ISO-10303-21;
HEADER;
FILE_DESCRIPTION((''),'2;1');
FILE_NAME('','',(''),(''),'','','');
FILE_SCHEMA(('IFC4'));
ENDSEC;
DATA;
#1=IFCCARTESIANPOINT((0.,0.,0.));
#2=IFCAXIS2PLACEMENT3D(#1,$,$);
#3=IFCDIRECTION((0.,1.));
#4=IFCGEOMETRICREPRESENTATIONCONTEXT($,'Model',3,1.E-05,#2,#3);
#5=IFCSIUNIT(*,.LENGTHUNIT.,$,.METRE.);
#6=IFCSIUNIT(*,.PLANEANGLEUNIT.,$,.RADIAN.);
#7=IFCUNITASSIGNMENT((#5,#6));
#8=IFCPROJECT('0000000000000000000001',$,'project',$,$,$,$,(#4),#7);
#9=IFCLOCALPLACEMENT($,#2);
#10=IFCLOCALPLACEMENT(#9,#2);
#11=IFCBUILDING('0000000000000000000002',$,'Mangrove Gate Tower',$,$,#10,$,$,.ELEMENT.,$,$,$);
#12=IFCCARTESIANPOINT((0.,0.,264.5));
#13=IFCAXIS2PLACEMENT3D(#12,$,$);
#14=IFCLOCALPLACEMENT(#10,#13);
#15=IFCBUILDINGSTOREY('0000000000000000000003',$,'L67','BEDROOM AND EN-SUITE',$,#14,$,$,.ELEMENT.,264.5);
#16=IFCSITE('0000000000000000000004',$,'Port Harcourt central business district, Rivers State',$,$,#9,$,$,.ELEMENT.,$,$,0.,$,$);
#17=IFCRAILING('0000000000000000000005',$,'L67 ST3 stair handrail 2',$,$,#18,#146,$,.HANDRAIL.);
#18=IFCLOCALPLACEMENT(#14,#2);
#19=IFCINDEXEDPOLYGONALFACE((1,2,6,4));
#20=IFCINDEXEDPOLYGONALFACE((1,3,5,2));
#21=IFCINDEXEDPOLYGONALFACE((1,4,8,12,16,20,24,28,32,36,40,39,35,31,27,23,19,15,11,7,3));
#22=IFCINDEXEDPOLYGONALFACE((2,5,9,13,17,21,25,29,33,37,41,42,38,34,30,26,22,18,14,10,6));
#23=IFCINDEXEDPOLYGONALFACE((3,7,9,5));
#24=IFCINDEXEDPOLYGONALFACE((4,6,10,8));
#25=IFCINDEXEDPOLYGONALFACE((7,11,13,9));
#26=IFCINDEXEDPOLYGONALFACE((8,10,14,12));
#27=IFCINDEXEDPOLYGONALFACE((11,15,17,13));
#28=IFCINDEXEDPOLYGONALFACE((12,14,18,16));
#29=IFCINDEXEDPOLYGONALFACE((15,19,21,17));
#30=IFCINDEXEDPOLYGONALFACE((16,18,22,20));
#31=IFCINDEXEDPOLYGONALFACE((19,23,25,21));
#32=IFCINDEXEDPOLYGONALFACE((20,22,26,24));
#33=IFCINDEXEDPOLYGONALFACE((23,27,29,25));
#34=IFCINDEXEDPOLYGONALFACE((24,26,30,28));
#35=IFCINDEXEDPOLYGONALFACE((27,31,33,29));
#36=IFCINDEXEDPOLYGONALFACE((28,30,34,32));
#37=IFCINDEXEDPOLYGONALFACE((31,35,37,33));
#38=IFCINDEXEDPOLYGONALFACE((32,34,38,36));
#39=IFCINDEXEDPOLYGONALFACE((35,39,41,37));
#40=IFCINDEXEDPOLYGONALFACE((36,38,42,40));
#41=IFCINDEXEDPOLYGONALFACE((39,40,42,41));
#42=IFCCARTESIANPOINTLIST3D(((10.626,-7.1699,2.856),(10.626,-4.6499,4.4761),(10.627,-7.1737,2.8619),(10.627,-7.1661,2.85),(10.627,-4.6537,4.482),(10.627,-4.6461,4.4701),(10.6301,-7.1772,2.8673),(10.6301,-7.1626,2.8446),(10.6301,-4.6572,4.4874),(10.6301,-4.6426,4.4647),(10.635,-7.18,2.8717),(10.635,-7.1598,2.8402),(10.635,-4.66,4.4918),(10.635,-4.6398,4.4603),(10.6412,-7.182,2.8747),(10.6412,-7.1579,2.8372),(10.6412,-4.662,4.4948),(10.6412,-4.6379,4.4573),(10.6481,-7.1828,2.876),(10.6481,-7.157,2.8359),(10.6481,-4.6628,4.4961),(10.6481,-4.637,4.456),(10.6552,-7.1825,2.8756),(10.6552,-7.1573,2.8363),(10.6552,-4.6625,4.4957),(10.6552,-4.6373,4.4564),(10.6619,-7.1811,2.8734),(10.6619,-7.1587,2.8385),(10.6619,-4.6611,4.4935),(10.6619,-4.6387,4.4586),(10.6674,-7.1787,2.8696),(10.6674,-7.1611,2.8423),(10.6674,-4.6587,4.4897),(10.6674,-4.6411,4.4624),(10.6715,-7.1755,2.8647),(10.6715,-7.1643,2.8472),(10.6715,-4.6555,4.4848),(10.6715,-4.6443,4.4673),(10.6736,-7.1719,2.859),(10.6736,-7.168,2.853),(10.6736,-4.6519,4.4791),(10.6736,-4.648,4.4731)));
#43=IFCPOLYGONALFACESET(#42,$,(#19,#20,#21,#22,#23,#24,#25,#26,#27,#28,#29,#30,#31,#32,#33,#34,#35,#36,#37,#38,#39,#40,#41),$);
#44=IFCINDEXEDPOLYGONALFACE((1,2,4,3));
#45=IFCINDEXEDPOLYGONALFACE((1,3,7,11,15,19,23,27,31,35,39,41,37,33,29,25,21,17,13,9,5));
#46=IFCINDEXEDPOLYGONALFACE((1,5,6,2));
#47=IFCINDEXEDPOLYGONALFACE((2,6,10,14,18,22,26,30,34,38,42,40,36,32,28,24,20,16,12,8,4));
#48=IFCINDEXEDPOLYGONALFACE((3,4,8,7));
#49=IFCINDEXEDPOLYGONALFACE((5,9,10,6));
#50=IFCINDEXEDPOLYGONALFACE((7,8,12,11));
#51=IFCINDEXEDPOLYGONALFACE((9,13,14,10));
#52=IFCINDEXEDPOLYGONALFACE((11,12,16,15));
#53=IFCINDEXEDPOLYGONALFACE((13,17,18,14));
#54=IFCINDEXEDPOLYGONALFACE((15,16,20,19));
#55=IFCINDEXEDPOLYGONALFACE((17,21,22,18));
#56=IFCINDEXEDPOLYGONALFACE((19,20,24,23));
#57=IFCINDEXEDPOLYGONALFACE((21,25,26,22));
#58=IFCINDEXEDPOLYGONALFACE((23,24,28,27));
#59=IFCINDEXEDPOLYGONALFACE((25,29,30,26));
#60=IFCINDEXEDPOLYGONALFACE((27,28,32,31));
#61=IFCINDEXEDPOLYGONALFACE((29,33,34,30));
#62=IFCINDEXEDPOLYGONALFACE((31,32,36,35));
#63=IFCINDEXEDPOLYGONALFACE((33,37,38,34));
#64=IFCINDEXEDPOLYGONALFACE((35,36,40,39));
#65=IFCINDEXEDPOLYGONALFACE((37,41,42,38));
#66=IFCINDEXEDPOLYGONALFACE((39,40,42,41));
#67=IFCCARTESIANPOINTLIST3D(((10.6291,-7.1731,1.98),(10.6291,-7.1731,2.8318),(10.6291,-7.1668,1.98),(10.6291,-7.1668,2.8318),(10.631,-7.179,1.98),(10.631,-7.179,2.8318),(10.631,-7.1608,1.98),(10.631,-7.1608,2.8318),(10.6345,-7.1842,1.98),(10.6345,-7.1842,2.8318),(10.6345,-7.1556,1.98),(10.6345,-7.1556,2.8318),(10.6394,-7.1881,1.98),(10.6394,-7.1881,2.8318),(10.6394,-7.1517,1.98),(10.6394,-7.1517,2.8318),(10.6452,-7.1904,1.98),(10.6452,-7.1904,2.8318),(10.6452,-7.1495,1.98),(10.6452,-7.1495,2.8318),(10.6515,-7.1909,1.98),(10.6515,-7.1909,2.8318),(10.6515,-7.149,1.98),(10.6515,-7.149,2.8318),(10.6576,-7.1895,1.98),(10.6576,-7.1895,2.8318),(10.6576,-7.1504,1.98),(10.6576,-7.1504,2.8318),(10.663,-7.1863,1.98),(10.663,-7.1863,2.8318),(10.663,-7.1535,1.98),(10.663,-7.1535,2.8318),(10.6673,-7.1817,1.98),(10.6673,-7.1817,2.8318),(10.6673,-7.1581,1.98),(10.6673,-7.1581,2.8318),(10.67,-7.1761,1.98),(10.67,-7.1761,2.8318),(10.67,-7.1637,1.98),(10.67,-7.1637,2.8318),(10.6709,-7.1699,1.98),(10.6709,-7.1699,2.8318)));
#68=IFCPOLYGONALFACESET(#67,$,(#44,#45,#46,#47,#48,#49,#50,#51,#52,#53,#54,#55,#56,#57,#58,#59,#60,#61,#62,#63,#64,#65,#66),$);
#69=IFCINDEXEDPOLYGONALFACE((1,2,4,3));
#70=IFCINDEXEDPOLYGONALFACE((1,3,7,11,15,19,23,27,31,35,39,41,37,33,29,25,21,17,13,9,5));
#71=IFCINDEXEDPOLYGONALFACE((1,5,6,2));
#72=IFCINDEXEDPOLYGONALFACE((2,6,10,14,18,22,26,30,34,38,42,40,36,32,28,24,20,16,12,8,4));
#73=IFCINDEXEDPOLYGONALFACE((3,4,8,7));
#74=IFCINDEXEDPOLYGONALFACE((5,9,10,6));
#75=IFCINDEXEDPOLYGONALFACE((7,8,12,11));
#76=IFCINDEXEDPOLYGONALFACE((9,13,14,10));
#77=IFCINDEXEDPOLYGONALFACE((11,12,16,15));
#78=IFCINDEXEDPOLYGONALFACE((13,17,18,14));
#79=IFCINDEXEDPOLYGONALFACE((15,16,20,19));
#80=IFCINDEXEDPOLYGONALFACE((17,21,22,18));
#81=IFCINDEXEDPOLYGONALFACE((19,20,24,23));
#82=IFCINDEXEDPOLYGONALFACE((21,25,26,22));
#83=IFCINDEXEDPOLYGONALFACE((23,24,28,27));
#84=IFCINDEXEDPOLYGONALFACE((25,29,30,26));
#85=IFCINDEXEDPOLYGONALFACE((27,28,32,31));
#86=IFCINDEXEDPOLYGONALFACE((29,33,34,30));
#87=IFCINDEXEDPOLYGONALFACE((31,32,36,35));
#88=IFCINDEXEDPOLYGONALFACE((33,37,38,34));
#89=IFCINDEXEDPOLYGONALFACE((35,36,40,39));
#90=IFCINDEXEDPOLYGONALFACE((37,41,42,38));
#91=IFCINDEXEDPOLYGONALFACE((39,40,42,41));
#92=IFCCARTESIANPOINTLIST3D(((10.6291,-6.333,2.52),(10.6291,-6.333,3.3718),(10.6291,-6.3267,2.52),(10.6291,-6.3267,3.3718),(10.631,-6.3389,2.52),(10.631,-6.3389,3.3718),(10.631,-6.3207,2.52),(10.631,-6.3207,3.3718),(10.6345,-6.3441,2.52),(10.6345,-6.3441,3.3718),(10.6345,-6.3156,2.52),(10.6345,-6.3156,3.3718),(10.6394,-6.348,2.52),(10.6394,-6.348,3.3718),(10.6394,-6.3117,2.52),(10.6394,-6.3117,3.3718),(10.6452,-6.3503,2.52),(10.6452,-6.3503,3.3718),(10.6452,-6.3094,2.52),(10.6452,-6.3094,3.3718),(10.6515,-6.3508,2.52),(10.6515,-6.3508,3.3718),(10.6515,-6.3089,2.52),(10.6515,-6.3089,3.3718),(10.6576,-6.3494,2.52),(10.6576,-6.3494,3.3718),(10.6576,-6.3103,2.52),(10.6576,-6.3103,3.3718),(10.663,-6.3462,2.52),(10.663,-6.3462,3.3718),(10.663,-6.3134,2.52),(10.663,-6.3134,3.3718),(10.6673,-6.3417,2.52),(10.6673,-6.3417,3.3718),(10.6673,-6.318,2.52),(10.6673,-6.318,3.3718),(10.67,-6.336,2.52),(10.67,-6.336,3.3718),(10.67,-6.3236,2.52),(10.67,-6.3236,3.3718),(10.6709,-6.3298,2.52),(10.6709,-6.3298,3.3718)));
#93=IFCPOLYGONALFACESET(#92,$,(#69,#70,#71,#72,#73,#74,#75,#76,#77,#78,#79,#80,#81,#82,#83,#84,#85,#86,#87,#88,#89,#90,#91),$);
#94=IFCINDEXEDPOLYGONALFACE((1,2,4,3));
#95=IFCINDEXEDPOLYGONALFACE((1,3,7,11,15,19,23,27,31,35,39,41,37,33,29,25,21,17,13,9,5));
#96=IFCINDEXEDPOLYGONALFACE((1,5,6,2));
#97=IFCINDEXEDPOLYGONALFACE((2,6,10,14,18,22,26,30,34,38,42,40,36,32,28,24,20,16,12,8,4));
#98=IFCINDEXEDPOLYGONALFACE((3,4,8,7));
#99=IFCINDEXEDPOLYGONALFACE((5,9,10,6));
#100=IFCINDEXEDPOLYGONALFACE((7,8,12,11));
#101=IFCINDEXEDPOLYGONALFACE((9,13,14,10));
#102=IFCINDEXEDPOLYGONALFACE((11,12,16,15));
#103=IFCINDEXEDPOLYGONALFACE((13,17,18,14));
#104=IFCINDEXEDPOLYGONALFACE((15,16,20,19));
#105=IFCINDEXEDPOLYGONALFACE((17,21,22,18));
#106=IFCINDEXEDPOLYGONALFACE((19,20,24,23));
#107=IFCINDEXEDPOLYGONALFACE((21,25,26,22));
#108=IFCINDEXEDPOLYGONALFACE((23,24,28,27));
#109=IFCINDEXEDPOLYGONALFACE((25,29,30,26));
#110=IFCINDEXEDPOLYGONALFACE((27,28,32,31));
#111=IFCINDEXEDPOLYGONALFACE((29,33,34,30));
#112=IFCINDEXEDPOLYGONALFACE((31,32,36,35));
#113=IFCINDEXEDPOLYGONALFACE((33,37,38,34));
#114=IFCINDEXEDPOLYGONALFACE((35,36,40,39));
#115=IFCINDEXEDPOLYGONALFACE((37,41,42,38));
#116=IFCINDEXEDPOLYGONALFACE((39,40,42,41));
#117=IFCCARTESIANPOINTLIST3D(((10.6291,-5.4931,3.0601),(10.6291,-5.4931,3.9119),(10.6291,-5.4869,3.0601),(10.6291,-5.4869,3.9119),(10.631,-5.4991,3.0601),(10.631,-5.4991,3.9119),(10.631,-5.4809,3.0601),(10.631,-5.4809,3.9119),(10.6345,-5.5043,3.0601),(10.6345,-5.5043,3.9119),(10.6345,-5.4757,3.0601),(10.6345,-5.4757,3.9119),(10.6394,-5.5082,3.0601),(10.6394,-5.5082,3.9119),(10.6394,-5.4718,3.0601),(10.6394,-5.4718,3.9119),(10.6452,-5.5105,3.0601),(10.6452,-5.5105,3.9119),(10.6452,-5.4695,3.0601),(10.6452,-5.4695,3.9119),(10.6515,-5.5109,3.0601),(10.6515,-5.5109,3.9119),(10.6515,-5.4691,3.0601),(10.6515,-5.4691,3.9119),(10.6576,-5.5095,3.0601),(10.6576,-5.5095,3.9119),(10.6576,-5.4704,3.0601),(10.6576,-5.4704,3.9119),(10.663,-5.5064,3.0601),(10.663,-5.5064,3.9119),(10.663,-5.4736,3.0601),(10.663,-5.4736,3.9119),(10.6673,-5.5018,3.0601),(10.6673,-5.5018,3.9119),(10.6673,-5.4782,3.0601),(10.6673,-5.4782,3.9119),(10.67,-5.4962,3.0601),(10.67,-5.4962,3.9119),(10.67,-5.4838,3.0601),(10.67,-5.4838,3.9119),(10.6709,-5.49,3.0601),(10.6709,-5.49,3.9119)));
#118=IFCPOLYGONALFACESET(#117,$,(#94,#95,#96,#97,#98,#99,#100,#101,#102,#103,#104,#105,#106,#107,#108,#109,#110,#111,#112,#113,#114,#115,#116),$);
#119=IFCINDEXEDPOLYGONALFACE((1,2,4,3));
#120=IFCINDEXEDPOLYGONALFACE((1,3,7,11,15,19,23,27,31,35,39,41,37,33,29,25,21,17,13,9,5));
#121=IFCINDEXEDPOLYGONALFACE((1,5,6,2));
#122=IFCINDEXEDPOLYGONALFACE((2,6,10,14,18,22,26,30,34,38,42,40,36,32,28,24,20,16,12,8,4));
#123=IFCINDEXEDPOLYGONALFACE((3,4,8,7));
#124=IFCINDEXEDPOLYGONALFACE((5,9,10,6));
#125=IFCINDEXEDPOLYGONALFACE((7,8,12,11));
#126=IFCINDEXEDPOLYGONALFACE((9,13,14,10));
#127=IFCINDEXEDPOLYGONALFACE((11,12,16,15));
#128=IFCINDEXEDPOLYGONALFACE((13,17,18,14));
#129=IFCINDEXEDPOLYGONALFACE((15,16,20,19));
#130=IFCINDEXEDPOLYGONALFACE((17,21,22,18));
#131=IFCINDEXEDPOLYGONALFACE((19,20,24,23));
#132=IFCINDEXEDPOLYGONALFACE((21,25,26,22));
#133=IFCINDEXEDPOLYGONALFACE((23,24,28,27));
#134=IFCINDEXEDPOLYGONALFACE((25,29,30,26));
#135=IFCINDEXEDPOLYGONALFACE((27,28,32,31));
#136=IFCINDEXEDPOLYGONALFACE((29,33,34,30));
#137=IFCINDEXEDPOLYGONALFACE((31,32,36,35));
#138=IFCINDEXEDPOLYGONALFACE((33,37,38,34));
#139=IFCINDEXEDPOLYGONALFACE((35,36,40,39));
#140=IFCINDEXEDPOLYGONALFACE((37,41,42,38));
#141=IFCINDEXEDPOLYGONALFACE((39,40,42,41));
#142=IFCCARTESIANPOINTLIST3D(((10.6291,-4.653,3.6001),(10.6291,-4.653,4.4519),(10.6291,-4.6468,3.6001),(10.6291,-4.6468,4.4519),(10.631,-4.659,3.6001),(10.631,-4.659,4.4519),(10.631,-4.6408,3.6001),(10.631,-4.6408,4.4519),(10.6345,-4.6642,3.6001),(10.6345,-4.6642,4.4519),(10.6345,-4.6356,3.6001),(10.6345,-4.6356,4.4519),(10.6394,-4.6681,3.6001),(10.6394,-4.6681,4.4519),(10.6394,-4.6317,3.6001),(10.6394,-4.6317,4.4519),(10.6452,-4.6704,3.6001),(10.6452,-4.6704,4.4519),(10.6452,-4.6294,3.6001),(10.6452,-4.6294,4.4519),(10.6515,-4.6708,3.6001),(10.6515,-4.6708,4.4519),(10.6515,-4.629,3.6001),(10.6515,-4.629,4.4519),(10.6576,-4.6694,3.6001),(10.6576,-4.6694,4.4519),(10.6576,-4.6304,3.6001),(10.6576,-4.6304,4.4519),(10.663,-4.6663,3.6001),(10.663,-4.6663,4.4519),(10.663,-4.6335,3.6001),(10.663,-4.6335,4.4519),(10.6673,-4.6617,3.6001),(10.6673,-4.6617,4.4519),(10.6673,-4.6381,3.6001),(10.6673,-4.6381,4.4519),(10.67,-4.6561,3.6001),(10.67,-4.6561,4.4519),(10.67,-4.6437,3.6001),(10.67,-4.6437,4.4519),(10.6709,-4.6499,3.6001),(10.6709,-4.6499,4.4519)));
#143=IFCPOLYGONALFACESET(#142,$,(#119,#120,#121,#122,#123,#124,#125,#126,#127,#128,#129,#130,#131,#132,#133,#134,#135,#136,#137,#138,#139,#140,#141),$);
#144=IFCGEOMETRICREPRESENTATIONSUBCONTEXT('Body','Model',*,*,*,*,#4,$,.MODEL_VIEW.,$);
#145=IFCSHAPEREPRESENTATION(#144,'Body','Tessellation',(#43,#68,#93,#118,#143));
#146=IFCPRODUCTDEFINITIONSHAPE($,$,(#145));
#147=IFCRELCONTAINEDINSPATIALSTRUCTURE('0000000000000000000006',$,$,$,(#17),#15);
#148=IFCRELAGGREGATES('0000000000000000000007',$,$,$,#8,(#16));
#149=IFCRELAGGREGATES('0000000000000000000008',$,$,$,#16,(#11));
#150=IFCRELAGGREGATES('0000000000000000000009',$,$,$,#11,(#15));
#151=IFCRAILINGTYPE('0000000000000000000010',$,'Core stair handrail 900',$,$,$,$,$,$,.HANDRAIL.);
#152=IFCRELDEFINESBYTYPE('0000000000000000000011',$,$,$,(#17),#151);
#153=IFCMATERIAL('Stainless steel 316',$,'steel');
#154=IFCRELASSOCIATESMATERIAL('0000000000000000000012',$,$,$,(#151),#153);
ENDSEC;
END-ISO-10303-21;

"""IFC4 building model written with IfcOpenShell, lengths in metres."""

from ifc_helpers import new_model, si_unit, direction, frame, origin, origin_2d, place, context, subcontext, project, spatial, circle, extrude, material, type_object, element, save


model = new_model("IFC4")

# Units and contexts
model_context = context("Model", 3, precision=1e-05, world=origin(), true_north=direction((0.0, 1.0)))
body_context = subcontext(model_context, "Body", "Model", "MODEL_VIEW")
ifc_project = project(units=[si_unit("LENGTHUNIT", "METRE"), si_unit("PLANEANGLEUNIT", "RADIAN")], contexts=[model_context])

# Site, building, storey
site_placement = place(None, origin())
site = spatial("IfcSite", under=ifc_project, at=site_placement, Name="Port Harcourt central business district, Rivers State", CompositionType="ELEMENT", RefElevation=0.0)
building_placement = place(site_placement, origin())
building = spatial("IfcBuilding", under=site, at=building_placement, Name="Mangrove Gate Tower", CompositionType="ELEMENT")
storey_placement = place(building_placement, frame((0.0, 0.0, 264.5)))
storey = spatial("IfcBuildingStorey", under=building, at=storey_placement, Name="L67", Description="BEDROOM AND EN-SUITE", CompositionType="ELEMENT", Elevation=264.5)

# Railing
ifc_material_1 = material(Name="Stainless steel 316", Category="steel")
railing_type_1 = type_object("IfcRailingType", Name="Core stair handrail 900", PredefinedType="HANDRAIL", material=ifc_material_1)
railing_1_placement = place(storey_placement, frame((10.6499, -7.1699, 1.98)))
element("IfcRailing", 1, at=railing_1_placement, inside=storey, type_object=railing_type_1, Name="L67 ST3 stair handrail 2", PredefinedType="HANDRAIL", context=body_context, shape_type="SweptSolid", body=[
    extrude(circle(Radius=0.0239, at=origin_2d()), frame((0.0, 0.0, 0.876), z_axis=(0.0, 0.841163, 0.540782), x_axis=(-1.0, 0.0, 0.0)), (0.0, 0.0, 1.0), 2.9958),
    extrude(circle(Radius=0.021, at=origin_2d()), origin(), (0.0, 0.0, 1.0), 0.8518),
    extrude(circle(Radius=0.021, at=origin_2d()), frame((0.0, 0.8401, 0.54)), (0.0, 0.0, 1.0), 0.8518),
    extrude(circle(Radius=0.021, at=origin_2d()), frame((0.0, 1.6799, 1.0801)), (0.0, 0.0, 1.0), 0.8518),
    extrude(circle(Radius=0.021, at=origin_2d()), frame((0.0, 2.52, 1.6201)), (0.0, 0.0, 1.0), 0.8518),
])

save(model, "model.ifc")
